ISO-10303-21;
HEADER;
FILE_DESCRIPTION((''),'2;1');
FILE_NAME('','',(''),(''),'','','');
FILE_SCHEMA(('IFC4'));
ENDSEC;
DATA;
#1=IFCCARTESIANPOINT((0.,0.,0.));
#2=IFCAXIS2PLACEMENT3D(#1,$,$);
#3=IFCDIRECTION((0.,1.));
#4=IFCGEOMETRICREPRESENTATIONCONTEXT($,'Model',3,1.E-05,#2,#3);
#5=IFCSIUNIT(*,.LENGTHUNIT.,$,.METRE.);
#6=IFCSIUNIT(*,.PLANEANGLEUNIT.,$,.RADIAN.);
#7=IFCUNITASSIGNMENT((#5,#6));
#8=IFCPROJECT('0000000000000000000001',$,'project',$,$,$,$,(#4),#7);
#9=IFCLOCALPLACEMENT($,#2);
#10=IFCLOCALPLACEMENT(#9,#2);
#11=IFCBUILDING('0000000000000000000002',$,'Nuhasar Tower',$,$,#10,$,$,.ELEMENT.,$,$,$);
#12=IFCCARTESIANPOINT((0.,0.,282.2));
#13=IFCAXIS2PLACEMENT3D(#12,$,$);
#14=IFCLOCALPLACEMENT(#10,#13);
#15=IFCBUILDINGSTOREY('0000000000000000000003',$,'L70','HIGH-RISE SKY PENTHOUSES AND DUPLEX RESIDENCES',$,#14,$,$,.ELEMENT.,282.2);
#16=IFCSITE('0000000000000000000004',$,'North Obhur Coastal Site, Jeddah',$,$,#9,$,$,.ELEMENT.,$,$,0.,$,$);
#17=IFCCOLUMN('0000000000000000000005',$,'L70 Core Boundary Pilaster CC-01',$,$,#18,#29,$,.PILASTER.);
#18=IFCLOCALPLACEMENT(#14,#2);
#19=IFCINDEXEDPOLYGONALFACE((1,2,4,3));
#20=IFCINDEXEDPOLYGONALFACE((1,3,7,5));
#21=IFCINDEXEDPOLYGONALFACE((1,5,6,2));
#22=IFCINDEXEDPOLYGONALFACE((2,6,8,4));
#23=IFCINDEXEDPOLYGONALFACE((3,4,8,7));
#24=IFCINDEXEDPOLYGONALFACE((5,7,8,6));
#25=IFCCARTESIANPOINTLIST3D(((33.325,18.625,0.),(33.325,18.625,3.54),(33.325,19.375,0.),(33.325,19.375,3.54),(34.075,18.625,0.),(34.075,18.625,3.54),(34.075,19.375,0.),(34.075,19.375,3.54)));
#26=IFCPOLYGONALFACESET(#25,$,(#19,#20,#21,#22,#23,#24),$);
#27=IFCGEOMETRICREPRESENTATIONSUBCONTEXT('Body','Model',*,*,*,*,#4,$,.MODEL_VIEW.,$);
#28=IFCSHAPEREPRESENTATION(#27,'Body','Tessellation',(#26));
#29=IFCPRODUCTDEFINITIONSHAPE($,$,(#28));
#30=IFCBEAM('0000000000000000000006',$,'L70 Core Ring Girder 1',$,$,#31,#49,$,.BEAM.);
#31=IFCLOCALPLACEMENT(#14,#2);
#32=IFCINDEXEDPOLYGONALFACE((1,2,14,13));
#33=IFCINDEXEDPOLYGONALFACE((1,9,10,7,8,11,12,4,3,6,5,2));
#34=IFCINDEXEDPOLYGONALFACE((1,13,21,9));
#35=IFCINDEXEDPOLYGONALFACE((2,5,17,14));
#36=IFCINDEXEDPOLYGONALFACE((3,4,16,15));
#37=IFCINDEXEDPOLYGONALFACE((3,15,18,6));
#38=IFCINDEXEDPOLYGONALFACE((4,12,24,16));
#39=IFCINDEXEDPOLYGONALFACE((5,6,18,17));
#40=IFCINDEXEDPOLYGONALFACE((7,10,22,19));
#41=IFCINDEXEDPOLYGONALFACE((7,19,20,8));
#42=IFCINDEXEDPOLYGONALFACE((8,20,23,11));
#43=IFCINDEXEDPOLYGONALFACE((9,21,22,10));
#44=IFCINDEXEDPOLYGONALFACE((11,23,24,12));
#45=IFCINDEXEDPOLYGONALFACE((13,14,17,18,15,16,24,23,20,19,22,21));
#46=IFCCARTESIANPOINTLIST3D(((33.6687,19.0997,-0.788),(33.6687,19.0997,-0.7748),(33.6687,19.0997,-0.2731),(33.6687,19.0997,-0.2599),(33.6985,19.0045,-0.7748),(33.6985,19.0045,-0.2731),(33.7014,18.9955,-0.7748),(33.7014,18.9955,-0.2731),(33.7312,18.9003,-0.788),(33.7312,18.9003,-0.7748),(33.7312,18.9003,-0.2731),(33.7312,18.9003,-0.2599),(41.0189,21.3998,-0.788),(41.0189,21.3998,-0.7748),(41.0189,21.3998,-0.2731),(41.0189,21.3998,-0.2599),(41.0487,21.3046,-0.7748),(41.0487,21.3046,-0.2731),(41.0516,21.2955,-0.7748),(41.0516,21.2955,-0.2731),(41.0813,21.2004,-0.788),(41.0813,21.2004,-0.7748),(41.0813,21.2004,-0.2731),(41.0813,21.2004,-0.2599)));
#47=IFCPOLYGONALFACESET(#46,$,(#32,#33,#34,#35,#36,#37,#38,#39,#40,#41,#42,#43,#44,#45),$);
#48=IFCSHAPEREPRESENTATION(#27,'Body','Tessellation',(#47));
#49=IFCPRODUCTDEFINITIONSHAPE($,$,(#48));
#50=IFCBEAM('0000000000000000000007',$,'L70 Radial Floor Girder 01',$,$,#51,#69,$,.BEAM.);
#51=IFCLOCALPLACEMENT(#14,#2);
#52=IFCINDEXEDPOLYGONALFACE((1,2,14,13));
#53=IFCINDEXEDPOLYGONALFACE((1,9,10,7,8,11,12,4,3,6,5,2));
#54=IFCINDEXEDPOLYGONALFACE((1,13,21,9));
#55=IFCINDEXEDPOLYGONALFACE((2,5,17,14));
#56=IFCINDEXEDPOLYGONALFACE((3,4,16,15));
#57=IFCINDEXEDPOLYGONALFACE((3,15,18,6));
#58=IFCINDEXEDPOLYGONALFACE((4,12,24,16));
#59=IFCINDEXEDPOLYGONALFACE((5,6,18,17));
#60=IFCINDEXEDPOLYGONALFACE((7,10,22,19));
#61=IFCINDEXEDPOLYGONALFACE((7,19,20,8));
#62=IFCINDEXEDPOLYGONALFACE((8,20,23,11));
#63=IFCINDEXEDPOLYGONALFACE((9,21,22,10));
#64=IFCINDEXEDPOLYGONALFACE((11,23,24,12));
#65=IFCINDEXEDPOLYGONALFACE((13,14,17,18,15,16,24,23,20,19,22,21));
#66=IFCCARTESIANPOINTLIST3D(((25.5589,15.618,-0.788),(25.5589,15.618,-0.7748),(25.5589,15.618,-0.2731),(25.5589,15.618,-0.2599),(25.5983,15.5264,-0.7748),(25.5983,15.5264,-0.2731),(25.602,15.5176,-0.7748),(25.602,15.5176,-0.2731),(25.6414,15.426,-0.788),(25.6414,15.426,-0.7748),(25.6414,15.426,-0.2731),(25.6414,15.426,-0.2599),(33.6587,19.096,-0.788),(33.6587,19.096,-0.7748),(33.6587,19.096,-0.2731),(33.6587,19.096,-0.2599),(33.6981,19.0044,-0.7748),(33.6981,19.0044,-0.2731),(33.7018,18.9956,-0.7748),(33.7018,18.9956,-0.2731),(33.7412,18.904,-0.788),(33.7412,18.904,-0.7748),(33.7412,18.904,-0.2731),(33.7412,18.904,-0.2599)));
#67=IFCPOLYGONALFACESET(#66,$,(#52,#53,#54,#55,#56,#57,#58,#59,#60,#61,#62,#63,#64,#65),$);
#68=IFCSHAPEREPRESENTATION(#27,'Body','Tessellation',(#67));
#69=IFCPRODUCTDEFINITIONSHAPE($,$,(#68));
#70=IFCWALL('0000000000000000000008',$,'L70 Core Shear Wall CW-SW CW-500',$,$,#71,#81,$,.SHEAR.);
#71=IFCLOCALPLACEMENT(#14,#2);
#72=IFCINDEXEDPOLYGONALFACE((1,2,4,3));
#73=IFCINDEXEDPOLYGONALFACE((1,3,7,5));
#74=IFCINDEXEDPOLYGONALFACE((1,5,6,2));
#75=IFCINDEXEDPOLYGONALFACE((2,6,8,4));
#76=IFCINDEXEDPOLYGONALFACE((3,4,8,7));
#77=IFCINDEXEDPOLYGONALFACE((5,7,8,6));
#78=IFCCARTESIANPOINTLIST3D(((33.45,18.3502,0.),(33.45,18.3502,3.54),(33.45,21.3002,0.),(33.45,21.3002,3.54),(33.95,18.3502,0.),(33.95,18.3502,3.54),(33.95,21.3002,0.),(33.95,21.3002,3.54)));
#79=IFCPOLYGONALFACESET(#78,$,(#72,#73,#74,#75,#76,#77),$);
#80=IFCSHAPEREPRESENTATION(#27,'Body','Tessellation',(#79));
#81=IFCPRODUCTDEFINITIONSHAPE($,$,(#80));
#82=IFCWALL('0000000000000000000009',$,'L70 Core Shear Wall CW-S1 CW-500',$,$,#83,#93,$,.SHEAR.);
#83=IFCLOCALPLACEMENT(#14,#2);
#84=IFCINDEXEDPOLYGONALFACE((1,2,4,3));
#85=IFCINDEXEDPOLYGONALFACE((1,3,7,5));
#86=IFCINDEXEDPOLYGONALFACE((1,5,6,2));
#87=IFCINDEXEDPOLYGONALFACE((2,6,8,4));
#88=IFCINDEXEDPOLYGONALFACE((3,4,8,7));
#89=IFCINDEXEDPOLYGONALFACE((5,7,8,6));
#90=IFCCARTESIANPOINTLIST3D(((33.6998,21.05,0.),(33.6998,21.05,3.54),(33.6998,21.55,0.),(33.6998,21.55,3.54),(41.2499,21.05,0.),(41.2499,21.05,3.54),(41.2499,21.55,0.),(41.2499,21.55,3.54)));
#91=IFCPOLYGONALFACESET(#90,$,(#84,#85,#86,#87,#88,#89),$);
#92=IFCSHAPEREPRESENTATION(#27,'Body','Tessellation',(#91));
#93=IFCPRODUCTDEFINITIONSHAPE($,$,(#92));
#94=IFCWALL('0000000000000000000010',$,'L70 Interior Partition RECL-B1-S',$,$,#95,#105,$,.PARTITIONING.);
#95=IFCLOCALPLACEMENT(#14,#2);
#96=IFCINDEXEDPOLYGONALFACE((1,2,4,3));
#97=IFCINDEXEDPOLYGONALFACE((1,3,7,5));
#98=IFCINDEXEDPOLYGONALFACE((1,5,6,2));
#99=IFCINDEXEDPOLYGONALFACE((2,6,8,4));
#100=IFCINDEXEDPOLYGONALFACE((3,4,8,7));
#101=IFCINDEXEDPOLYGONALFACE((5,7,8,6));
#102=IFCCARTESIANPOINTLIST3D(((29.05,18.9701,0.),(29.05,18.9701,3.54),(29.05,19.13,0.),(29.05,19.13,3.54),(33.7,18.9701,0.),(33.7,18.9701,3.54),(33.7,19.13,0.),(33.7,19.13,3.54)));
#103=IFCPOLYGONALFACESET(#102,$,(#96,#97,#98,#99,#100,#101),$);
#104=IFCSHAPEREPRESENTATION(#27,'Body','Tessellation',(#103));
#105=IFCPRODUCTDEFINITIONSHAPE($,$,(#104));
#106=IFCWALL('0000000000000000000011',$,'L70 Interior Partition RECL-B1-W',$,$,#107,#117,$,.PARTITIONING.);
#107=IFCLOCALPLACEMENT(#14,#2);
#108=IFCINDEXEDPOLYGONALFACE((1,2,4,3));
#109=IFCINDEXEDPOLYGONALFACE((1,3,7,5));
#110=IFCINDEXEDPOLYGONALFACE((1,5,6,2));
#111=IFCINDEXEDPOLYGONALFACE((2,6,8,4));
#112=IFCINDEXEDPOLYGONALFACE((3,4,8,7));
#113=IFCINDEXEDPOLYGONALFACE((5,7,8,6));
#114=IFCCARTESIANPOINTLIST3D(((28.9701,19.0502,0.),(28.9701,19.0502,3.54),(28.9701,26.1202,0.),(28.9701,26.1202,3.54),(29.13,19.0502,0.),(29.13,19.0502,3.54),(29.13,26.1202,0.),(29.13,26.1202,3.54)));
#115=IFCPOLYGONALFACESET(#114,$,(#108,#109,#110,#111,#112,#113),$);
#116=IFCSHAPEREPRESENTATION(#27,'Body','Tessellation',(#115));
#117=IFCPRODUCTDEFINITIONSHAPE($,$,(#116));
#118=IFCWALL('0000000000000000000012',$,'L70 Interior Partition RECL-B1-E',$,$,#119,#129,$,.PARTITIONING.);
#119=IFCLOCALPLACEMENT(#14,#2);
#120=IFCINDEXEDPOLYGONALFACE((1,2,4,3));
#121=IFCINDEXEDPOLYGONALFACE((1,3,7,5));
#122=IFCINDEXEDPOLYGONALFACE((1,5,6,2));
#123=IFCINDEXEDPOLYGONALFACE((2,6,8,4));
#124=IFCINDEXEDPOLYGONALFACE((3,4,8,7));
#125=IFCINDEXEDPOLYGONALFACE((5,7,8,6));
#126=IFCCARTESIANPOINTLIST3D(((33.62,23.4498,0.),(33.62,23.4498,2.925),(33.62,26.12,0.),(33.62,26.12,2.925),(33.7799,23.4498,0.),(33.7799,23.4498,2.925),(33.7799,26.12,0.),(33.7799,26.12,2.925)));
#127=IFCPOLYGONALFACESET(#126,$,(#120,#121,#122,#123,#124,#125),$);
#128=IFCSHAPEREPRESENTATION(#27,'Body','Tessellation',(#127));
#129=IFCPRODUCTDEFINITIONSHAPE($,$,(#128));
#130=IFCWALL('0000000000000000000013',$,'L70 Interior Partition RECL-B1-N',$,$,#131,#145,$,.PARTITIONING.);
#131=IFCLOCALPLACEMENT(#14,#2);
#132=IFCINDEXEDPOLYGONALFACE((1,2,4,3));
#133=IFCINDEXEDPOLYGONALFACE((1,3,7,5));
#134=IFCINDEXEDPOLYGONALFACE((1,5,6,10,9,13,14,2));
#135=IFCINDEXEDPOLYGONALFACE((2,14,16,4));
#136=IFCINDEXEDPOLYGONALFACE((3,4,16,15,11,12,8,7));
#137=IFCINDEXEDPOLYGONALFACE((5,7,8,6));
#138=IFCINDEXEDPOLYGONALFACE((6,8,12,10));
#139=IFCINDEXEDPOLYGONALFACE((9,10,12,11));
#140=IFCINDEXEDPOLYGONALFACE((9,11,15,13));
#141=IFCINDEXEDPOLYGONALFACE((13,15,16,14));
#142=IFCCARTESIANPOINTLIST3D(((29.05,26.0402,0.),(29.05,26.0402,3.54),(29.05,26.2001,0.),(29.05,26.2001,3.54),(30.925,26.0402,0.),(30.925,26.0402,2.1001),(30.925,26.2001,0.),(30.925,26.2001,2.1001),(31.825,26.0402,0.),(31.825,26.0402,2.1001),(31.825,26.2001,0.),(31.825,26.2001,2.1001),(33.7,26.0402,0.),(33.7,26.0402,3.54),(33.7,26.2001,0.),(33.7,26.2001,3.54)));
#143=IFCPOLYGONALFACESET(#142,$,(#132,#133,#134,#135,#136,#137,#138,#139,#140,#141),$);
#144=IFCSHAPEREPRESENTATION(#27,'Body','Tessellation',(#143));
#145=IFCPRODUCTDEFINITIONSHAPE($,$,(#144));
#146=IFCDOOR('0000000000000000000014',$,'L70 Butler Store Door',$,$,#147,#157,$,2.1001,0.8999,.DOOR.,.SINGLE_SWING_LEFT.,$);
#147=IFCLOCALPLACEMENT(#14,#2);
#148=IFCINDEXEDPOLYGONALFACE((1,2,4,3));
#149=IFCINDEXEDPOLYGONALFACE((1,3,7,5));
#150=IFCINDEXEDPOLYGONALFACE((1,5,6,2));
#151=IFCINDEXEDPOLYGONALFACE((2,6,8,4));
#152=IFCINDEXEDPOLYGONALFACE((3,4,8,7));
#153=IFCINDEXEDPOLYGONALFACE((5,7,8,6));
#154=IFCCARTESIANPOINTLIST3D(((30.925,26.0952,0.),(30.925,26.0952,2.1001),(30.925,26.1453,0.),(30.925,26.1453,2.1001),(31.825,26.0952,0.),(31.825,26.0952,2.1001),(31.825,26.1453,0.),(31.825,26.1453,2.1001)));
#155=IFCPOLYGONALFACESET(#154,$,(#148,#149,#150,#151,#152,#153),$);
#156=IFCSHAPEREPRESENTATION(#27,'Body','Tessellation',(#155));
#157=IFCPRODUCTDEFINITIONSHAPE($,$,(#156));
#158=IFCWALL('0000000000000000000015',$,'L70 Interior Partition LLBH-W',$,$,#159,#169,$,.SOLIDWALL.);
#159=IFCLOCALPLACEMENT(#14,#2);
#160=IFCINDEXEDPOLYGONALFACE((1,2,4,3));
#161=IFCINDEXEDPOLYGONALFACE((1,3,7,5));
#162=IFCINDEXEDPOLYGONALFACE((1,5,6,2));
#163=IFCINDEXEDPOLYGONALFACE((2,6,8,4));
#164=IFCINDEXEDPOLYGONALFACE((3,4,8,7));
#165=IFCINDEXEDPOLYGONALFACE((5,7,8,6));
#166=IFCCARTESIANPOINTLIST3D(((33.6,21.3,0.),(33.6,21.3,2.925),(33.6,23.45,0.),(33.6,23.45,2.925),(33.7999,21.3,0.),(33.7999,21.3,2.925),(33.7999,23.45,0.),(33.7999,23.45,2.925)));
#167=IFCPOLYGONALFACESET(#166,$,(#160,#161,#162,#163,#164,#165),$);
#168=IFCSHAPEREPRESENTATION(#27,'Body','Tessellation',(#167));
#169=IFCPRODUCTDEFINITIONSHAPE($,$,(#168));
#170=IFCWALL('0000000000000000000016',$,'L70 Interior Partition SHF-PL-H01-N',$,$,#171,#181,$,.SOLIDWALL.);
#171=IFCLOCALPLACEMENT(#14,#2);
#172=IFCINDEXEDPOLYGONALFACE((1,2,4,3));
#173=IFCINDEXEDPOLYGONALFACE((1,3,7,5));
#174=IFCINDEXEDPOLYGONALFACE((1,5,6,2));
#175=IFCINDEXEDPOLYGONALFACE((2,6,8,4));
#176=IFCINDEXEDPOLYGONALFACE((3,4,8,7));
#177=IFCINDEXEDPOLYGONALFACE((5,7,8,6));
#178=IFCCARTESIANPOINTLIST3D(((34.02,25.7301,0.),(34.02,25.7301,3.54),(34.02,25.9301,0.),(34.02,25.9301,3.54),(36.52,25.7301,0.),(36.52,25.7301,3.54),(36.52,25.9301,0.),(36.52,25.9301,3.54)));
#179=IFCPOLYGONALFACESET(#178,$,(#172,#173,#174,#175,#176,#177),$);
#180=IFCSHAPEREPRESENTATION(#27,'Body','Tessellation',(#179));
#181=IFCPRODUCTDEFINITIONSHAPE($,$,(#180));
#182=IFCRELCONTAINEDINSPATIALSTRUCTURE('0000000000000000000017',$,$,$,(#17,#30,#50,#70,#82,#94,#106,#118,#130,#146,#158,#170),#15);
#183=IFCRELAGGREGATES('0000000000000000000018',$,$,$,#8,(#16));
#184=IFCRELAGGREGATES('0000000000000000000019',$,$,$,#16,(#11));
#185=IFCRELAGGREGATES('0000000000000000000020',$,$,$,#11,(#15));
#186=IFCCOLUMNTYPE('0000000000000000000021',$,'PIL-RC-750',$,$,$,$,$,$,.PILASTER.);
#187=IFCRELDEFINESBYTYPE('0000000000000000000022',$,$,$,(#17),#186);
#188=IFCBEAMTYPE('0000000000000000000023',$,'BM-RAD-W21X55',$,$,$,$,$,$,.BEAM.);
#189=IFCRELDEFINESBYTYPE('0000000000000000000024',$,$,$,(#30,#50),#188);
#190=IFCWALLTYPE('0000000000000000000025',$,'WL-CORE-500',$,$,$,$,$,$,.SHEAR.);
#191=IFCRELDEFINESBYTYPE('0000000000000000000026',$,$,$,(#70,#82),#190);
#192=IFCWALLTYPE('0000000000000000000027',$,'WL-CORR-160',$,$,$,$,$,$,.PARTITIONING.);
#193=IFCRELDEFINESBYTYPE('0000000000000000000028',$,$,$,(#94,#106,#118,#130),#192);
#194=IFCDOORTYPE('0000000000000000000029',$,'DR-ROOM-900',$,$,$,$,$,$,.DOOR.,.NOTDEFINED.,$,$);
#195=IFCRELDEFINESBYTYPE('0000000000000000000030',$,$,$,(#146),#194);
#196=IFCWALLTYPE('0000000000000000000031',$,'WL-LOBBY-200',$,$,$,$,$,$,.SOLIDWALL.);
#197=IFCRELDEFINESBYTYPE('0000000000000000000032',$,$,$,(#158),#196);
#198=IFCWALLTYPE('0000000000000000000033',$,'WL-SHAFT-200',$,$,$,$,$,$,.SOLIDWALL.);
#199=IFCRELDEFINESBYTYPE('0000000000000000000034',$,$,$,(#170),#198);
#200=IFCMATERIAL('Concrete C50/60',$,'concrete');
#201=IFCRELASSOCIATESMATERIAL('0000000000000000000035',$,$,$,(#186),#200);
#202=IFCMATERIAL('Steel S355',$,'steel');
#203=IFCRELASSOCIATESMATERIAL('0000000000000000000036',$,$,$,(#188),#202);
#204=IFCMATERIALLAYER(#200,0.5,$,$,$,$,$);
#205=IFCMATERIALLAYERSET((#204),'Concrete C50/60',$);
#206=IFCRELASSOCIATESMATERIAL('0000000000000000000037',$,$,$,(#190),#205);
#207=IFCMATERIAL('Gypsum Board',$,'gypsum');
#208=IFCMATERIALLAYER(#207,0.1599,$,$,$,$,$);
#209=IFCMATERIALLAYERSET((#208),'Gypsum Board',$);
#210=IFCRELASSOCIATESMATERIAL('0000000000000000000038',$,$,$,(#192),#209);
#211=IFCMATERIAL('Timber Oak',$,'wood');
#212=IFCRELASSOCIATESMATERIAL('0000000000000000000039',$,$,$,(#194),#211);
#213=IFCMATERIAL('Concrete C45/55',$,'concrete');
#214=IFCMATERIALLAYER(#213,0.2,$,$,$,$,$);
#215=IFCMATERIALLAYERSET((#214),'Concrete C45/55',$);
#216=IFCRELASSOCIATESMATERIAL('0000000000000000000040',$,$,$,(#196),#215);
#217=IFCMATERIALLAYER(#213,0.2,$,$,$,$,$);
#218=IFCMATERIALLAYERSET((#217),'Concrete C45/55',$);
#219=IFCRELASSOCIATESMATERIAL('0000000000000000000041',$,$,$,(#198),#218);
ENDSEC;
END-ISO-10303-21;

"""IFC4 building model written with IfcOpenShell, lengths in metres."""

from ifc_helpers import new_model, si_unit, direction, frame, frame_2d, origin, origin_2d, place, context, subcontext, project, spatial, rectangle, i_section, extrude, material, layer, layer_set, material_profile, profile_set, type_object, element, fill, save


model = new_model("IFC4")

# Units and contexts
model_context = context("Model", 3, precision=1e-05, world=origin(), true_north=direction((0.0, 1.0)))
body_context = subcontext(model_context, "Body", "Model", "MODEL_VIEW")
ifc_project = project(units=[si_unit("LENGTHUNIT", "METRE"), si_unit("PLANEANGLEUNIT", "RADIAN")], contexts=[model_context])

# Site, building, storey
site_placement = place(None, origin())
site = spatial("IfcSite", under=ifc_project, at=site_placement, Name="North Obhur Coastal Site, Jeddah", CompositionType="ELEMENT", RefElevation=0.0)
building_placement = place(site_placement, origin())
building = spatial("IfcBuilding", under=site, at=building_placement, Name="Nuhasar Tower", CompositionType="ELEMENT")
storey_placement = place(building_placement, frame((0.0, 0.0, 282.2)))
storey = spatial("IfcBuildingStorey", under=building, at=storey_placement, Name="L70", Description="HIGH-RISE SKY PENTHOUSES AND DUPLEX RESIDENCES", CompositionType="ELEMENT", Elevation=282.2)

# Column
ifc_material_1 = material(Name="Concrete C50/60", Category="concrete")
ifc_material_profile_1 = material_profile(ifc_material_1, rectangle(XDim=0.75, YDim=0.75, at=origin_2d()), Name="RC750X750")
ifc_profile_set_1 = profile_set([ifc_material_profile_1], Name="Concrete C50/60")
column_type = type_object("IfcColumnType", Name="PIL-RC-750", PredefinedType="PILASTER", material=ifc_profile_set_1)
column_placement = place(storey_placement, frame((33.7, 19.0, 0.0), z_axis=(0.0, 0.0, 1.0), x_axis=(1.0, 0.0, 0.0)))
element("IfcColumn", 1, at=column_placement, inside=storey, type_object=column_type, Name="L70 Core Boundary Pilaster CC-01", PredefinedType="PILASTER", context=body_context, shape_type="SweptSolid", body=[
    extrude(rectangle(XDim=0.75, YDim=0.75, at=origin_2d()), origin(), (0.0, 0.0, 1.0), 3.54),
])

# Beams
ifc_material_2 = material(Name="Steel S355", Category="steel")
ifc_material_profile_2 = material_profile(ifc_material_2, i_section(OverallWidth=0.209, OverallDepth=0.5281, WebThickness=0.0095, FlangeThickness=0.0132, at=origin_2d()), Name="W21X55")
ifc_profile_set_2 = profile_set([ifc_material_profile_2], Name="Steel S355")
beam_type = type_object("IfcBeamType", Name="BM-RAD-W21X55", PredefinedType="BEAM", material=ifc_profile_set_2)
beam_1_placement = place(storey_placement, frame((33.7, 19.0, -0.5239), z_axis=(0.954364, 0.298647, 0.0), x_axis=(-0.298647, 0.954364, 0.0)))
element("IfcBeam", 2, at=beam_1_placement, inside=storey, type_object=beam_type, Name="L70 Core Ring Girder 1", PredefinedType="BEAM", context=body_context, shape_type="SweptSolid", body=[
    extrude(i_section(OverallWidth=0.209, OverallDepth=0.5281, WebThickness=0.0095, FlangeThickness=0.0132, at=origin_2d()), origin(), (0.0, 0.0, 1.0), 7.7017),
])
beam_2_placement = place(storey_placement, frame((33.7, 19.0, -0.5239), z_axis=(-0.918871, -0.394558, 0.0), x_axis=(0.394558, -0.918871, 0.0)))
element("IfcBeam", 3, at=beam_2_placement, inside=storey, type_object=beam_type, Name="L70 Radial Floor Girder 01", PredefinedType="BEAM", context=body_context, shape_type="SweptSolid", body=[
    extrude(i_section(OverallWidth=0.209, OverallDepth=0.5281, WebThickness=0.0095, FlangeThickness=0.0132, at=origin_2d()), origin(), (0.0, 0.0, 1.0), 8.8149),
])

# Walls
ifc_layer_1 = layer(ifc_material_1, 0.5)
ifc_layer_set_1 = layer_set([ifc_layer_1], Name="Concrete C50/60")
wall_type_1 = type_object("IfcWallType", Name="WL-CORE-500", PredefinedType="SHEAR", material=ifc_layer_set_1)
wall_1_placement = place(storey_placement, frame((33.7, 18.3501, 0.0), z_axis=(0.0, 0.0, 1.0), x_axis=(0.0, 1.0, 0.0)))
element("IfcWall", 4, at=wall_1_placement, inside=storey, type_object=wall_type_1, Name="L70 Core Shear Wall CW-SW CW-500", PredefinedType="SHEAR", context=body_context, shape_type="SweptSolid", body=[
    extrude(rectangle(XDim=2.95, YDim=0.5, at=frame_2d((1.4751, 0.0))), origin(), (0.0, 0.0, 1.0), 3.54),
])
wall_2_placement = place(storey_placement, frame((33.7, 21.3, 0.0), z_axis=(0.0, 0.0, 1.0), x_axis=(1.0, 0.0, 0.0)))
element("IfcWall", 5, at=wall_2_placement, inside=storey, type_object=wall_type_1, Name="L70 Core Shear Wall CW-S1 CW-500", PredefinedType="SHEAR", context=body_context, shape_type="SweptSolid", body=[
    extrude(rectangle(XDim=7.55, YDim=0.5, at=frame_2d((3.7749, 0.0))), origin(), (0.0, 0.0, 1.0), 3.54),
])
ifc_material_3 = material(Name="Gypsum Board", Category="gypsum")
ifc_layer_2 = layer(ifc_material_3, 0.1599)
ifc_layer_set_2 = layer_set([ifc_layer_2], Name="Gypsum Board")
wall_type_2 = type_object("IfcWallType", Name="WL-CORR-160", PredefinedType="PARTITIONING", material=ifc_layer_set_2)
wall_3_placement = place(storey_placement, frame((29.05, 19.05, 0.0), z_axis=(0.0, 0.0, 1.0), x_axis=(1.0, 0.0, 0.0)))
element("IfcWall", 6, at=wall_3_placement, inside=storey, type_object=wall_type_2, Name="L70 Interior Partition RECL-B1-S", PredefinedType="PARTITIONING", context=body_context, shape_type="SweptSolid", body=[
    extrude(rectangle(XDim=4.6499, YDim=0.1599, at=frame_2d((2.325, 0.0))), origin(), (0.0, 0.0, 1.0), 3.54),
])
wall_4_placement = place(storey_placement, frame((29.05, 19.05, 0.0), z_axis=(0.0, 0.0, 1.0), x_axis=(0.0, 1.0, 0.0)))
element("IfcWall", 7, at=wall_4_placement, inside=storey, type_object=wall_type_2, Name="L70 Interior Partition RECL-B1-W", PredefinedType="PARTITIONING", context=body_context, shape_type="SweptSolid", body=[
    extrude(rectangle(XDim=7.0701, YDim=0.1599, at=frame_2d((3.5352, 0.0))), origin(), (0.0, 0.0, 1.0), 3.54),
])
wall_5_placement = place(storey_placement, frame((33.7, 23.45, 0.0), z_axis=(0.0, 0.0, 1.0), x_axis=(0.0, 1.0, 0.0)))
element("IfcWall", 8, at=wall_5_placement, inside=storey, type_object=wall_type_2, Name="L70 Interior Partition RECL-B1-E", PredefinedType="PARTITIONING", context=body_context, shape_type="SweptSolid", body=[
    extrude(rectangle(XDim=2.6702, YDim=0.1599, at=frame_2d((1.335, 0.0))), origin(), (0.0, 0.0, 1.0), 2.925),
])

# Wall, opening, door
wall_6_placement = place(storey_placement, frame((33.7, 26.1201, 0.0), z_axis=(0.0, 0.0, 1.0), x_axis=(-1.0, 0.0, 0.0)))
wall_6 = element("IfcWall", 9, at=wall_6_placement, inside=storey, type_object=wall_type_2, Name="L70 Interior Partition RECL-B1-N", PredefinedType="PARTITIONING", context=body_context, shape_type="SweptSolid", body=[
    extrude(rectangle(XDim=4.6499, YDim=0.1599, at=frame_2d((2.325, 0.0))), origin(), (0.0, 0.0, 1.0), 3.54),
])
opening_1_placement = place(wall_6_placement, frame((1.875, 0.0, 0.0)))
opening_1 = element("IfcOpeningElement", 10, at=opening_1_placement, cuts=wall_6, PredefinedType="OPENING", context=body_context, shape_type="SweptSolid", body=[
    extrude(rectangle(XDim=0.8999, YDim=2.1001, at=frame_2d((0.45, 1.05))), frame((0.0, 0.0898, 0.0), z_axis=(0.0, -1.0, 0.0), x_axis=(1.0, 0.0, 0.0)), (0.0, 0.0, 1.0), 0.1799),
])
ifc_material_4 = material(Name="Timber Oak", Category="wood")
door_type_1 = type_object("IfcDoorType", Name="DR-ROOM-900", OperationType="NOTDEFINED", PredefinedType="DOOR", material=ifc_material_4)
door_1_placement = place(opening_1_placement, origin())
door_1 = element("IfcDoor", 11, at=door_1_placement, inside=storey, type_object=door_type_1, Name="L70 Butler Store Door", OperationType="SINGLE_SWING_LEFT", OverallHeight=2.1001, OverallWidth=0.8999, PredefinedType="DOOR", context=body_context, shape_type="SweptSolid", body=[
    extrude(rectangle(XDim=0.8999, YDim=2.1001, at=frame_2d((0.45, 1.05))), frame((0.0, 0.0249, 0.0), z_axis=(0.0, -1.0, 0.0), x_axis=(1.0, 0.0, 0.0)), (0.0, 0.0, 1.0), 0.05),
])
fill(opening_1, door_1)

# Wall
ifc_material_5 = material(Name="Concrete C45/55", Category="concrete")
ifc_layer_3 = layer(ifc_material_5, 0.2)
ifc_layer_set_3 = layer_set([ifc_layer_3], Name="Concrete C45/55")
wall_type_3 = type_object("IfcWallType", Name="WL-LOBBY-200", PredefinedType="SOLIDWALL", material=ifc_layer_set_3)
wall_7_placement = place(storey_placement, frame((33.7, 21.3, 0.0), z_axis=(0.0, 0.0, 1.0), x_axis=(0.0, 1.0, 0.0)))
element("IfcWall", 12, at=wall_7_placement, inside=storey, type_object=wall_type_3, Name="L70 Interior Partition LLBH-W", PredefinedType="SOLIDWALL", context=body_context, shape_type="SweptSolid", body=[
    extrude(rectangle(XDim=2.1499, YDim=0.2, at=frame_2d((1.075, 0.0))), origin(), (0.0, 0.0, 1.0), 2.925),
])

# Shared definitions
ifc_layer_4 = layer(ifc_material_5, 0.2)
ifc_layer_set_4 = layer_set([ifc_layer_4], Name="Concrete C45/55")
wall_type_4 = type_object("IfcWallType", Name="WL-SHAFT-200", PredefinedType="SOLIDWALL", material=ifc_layer_set_4)

# Wall
wall_8_placement = place(storey_placement, frame((34.02, 25.8301, 0.0), z_axis=(0.0, 0.0, 1.0), x_axis=(1.0, 0.0, 0.0)))
element("IfcWall", 13, at=wall_8_placement, inside=storey, type_object=wall_type_4, Name="L70 Interior Partition SHF-PL-H01-N", PredefinedType="SOLIDWALL", context=body_context, shape_type="SweptSolid", body=[
    extrude(rectangle(XDim=2.5, YDim=0.2, at=frame_2d((1.25, 0.0))), origin(), (0.0, 0.0, 1.0), 3.54),
])

save(model, "model.ifc")
